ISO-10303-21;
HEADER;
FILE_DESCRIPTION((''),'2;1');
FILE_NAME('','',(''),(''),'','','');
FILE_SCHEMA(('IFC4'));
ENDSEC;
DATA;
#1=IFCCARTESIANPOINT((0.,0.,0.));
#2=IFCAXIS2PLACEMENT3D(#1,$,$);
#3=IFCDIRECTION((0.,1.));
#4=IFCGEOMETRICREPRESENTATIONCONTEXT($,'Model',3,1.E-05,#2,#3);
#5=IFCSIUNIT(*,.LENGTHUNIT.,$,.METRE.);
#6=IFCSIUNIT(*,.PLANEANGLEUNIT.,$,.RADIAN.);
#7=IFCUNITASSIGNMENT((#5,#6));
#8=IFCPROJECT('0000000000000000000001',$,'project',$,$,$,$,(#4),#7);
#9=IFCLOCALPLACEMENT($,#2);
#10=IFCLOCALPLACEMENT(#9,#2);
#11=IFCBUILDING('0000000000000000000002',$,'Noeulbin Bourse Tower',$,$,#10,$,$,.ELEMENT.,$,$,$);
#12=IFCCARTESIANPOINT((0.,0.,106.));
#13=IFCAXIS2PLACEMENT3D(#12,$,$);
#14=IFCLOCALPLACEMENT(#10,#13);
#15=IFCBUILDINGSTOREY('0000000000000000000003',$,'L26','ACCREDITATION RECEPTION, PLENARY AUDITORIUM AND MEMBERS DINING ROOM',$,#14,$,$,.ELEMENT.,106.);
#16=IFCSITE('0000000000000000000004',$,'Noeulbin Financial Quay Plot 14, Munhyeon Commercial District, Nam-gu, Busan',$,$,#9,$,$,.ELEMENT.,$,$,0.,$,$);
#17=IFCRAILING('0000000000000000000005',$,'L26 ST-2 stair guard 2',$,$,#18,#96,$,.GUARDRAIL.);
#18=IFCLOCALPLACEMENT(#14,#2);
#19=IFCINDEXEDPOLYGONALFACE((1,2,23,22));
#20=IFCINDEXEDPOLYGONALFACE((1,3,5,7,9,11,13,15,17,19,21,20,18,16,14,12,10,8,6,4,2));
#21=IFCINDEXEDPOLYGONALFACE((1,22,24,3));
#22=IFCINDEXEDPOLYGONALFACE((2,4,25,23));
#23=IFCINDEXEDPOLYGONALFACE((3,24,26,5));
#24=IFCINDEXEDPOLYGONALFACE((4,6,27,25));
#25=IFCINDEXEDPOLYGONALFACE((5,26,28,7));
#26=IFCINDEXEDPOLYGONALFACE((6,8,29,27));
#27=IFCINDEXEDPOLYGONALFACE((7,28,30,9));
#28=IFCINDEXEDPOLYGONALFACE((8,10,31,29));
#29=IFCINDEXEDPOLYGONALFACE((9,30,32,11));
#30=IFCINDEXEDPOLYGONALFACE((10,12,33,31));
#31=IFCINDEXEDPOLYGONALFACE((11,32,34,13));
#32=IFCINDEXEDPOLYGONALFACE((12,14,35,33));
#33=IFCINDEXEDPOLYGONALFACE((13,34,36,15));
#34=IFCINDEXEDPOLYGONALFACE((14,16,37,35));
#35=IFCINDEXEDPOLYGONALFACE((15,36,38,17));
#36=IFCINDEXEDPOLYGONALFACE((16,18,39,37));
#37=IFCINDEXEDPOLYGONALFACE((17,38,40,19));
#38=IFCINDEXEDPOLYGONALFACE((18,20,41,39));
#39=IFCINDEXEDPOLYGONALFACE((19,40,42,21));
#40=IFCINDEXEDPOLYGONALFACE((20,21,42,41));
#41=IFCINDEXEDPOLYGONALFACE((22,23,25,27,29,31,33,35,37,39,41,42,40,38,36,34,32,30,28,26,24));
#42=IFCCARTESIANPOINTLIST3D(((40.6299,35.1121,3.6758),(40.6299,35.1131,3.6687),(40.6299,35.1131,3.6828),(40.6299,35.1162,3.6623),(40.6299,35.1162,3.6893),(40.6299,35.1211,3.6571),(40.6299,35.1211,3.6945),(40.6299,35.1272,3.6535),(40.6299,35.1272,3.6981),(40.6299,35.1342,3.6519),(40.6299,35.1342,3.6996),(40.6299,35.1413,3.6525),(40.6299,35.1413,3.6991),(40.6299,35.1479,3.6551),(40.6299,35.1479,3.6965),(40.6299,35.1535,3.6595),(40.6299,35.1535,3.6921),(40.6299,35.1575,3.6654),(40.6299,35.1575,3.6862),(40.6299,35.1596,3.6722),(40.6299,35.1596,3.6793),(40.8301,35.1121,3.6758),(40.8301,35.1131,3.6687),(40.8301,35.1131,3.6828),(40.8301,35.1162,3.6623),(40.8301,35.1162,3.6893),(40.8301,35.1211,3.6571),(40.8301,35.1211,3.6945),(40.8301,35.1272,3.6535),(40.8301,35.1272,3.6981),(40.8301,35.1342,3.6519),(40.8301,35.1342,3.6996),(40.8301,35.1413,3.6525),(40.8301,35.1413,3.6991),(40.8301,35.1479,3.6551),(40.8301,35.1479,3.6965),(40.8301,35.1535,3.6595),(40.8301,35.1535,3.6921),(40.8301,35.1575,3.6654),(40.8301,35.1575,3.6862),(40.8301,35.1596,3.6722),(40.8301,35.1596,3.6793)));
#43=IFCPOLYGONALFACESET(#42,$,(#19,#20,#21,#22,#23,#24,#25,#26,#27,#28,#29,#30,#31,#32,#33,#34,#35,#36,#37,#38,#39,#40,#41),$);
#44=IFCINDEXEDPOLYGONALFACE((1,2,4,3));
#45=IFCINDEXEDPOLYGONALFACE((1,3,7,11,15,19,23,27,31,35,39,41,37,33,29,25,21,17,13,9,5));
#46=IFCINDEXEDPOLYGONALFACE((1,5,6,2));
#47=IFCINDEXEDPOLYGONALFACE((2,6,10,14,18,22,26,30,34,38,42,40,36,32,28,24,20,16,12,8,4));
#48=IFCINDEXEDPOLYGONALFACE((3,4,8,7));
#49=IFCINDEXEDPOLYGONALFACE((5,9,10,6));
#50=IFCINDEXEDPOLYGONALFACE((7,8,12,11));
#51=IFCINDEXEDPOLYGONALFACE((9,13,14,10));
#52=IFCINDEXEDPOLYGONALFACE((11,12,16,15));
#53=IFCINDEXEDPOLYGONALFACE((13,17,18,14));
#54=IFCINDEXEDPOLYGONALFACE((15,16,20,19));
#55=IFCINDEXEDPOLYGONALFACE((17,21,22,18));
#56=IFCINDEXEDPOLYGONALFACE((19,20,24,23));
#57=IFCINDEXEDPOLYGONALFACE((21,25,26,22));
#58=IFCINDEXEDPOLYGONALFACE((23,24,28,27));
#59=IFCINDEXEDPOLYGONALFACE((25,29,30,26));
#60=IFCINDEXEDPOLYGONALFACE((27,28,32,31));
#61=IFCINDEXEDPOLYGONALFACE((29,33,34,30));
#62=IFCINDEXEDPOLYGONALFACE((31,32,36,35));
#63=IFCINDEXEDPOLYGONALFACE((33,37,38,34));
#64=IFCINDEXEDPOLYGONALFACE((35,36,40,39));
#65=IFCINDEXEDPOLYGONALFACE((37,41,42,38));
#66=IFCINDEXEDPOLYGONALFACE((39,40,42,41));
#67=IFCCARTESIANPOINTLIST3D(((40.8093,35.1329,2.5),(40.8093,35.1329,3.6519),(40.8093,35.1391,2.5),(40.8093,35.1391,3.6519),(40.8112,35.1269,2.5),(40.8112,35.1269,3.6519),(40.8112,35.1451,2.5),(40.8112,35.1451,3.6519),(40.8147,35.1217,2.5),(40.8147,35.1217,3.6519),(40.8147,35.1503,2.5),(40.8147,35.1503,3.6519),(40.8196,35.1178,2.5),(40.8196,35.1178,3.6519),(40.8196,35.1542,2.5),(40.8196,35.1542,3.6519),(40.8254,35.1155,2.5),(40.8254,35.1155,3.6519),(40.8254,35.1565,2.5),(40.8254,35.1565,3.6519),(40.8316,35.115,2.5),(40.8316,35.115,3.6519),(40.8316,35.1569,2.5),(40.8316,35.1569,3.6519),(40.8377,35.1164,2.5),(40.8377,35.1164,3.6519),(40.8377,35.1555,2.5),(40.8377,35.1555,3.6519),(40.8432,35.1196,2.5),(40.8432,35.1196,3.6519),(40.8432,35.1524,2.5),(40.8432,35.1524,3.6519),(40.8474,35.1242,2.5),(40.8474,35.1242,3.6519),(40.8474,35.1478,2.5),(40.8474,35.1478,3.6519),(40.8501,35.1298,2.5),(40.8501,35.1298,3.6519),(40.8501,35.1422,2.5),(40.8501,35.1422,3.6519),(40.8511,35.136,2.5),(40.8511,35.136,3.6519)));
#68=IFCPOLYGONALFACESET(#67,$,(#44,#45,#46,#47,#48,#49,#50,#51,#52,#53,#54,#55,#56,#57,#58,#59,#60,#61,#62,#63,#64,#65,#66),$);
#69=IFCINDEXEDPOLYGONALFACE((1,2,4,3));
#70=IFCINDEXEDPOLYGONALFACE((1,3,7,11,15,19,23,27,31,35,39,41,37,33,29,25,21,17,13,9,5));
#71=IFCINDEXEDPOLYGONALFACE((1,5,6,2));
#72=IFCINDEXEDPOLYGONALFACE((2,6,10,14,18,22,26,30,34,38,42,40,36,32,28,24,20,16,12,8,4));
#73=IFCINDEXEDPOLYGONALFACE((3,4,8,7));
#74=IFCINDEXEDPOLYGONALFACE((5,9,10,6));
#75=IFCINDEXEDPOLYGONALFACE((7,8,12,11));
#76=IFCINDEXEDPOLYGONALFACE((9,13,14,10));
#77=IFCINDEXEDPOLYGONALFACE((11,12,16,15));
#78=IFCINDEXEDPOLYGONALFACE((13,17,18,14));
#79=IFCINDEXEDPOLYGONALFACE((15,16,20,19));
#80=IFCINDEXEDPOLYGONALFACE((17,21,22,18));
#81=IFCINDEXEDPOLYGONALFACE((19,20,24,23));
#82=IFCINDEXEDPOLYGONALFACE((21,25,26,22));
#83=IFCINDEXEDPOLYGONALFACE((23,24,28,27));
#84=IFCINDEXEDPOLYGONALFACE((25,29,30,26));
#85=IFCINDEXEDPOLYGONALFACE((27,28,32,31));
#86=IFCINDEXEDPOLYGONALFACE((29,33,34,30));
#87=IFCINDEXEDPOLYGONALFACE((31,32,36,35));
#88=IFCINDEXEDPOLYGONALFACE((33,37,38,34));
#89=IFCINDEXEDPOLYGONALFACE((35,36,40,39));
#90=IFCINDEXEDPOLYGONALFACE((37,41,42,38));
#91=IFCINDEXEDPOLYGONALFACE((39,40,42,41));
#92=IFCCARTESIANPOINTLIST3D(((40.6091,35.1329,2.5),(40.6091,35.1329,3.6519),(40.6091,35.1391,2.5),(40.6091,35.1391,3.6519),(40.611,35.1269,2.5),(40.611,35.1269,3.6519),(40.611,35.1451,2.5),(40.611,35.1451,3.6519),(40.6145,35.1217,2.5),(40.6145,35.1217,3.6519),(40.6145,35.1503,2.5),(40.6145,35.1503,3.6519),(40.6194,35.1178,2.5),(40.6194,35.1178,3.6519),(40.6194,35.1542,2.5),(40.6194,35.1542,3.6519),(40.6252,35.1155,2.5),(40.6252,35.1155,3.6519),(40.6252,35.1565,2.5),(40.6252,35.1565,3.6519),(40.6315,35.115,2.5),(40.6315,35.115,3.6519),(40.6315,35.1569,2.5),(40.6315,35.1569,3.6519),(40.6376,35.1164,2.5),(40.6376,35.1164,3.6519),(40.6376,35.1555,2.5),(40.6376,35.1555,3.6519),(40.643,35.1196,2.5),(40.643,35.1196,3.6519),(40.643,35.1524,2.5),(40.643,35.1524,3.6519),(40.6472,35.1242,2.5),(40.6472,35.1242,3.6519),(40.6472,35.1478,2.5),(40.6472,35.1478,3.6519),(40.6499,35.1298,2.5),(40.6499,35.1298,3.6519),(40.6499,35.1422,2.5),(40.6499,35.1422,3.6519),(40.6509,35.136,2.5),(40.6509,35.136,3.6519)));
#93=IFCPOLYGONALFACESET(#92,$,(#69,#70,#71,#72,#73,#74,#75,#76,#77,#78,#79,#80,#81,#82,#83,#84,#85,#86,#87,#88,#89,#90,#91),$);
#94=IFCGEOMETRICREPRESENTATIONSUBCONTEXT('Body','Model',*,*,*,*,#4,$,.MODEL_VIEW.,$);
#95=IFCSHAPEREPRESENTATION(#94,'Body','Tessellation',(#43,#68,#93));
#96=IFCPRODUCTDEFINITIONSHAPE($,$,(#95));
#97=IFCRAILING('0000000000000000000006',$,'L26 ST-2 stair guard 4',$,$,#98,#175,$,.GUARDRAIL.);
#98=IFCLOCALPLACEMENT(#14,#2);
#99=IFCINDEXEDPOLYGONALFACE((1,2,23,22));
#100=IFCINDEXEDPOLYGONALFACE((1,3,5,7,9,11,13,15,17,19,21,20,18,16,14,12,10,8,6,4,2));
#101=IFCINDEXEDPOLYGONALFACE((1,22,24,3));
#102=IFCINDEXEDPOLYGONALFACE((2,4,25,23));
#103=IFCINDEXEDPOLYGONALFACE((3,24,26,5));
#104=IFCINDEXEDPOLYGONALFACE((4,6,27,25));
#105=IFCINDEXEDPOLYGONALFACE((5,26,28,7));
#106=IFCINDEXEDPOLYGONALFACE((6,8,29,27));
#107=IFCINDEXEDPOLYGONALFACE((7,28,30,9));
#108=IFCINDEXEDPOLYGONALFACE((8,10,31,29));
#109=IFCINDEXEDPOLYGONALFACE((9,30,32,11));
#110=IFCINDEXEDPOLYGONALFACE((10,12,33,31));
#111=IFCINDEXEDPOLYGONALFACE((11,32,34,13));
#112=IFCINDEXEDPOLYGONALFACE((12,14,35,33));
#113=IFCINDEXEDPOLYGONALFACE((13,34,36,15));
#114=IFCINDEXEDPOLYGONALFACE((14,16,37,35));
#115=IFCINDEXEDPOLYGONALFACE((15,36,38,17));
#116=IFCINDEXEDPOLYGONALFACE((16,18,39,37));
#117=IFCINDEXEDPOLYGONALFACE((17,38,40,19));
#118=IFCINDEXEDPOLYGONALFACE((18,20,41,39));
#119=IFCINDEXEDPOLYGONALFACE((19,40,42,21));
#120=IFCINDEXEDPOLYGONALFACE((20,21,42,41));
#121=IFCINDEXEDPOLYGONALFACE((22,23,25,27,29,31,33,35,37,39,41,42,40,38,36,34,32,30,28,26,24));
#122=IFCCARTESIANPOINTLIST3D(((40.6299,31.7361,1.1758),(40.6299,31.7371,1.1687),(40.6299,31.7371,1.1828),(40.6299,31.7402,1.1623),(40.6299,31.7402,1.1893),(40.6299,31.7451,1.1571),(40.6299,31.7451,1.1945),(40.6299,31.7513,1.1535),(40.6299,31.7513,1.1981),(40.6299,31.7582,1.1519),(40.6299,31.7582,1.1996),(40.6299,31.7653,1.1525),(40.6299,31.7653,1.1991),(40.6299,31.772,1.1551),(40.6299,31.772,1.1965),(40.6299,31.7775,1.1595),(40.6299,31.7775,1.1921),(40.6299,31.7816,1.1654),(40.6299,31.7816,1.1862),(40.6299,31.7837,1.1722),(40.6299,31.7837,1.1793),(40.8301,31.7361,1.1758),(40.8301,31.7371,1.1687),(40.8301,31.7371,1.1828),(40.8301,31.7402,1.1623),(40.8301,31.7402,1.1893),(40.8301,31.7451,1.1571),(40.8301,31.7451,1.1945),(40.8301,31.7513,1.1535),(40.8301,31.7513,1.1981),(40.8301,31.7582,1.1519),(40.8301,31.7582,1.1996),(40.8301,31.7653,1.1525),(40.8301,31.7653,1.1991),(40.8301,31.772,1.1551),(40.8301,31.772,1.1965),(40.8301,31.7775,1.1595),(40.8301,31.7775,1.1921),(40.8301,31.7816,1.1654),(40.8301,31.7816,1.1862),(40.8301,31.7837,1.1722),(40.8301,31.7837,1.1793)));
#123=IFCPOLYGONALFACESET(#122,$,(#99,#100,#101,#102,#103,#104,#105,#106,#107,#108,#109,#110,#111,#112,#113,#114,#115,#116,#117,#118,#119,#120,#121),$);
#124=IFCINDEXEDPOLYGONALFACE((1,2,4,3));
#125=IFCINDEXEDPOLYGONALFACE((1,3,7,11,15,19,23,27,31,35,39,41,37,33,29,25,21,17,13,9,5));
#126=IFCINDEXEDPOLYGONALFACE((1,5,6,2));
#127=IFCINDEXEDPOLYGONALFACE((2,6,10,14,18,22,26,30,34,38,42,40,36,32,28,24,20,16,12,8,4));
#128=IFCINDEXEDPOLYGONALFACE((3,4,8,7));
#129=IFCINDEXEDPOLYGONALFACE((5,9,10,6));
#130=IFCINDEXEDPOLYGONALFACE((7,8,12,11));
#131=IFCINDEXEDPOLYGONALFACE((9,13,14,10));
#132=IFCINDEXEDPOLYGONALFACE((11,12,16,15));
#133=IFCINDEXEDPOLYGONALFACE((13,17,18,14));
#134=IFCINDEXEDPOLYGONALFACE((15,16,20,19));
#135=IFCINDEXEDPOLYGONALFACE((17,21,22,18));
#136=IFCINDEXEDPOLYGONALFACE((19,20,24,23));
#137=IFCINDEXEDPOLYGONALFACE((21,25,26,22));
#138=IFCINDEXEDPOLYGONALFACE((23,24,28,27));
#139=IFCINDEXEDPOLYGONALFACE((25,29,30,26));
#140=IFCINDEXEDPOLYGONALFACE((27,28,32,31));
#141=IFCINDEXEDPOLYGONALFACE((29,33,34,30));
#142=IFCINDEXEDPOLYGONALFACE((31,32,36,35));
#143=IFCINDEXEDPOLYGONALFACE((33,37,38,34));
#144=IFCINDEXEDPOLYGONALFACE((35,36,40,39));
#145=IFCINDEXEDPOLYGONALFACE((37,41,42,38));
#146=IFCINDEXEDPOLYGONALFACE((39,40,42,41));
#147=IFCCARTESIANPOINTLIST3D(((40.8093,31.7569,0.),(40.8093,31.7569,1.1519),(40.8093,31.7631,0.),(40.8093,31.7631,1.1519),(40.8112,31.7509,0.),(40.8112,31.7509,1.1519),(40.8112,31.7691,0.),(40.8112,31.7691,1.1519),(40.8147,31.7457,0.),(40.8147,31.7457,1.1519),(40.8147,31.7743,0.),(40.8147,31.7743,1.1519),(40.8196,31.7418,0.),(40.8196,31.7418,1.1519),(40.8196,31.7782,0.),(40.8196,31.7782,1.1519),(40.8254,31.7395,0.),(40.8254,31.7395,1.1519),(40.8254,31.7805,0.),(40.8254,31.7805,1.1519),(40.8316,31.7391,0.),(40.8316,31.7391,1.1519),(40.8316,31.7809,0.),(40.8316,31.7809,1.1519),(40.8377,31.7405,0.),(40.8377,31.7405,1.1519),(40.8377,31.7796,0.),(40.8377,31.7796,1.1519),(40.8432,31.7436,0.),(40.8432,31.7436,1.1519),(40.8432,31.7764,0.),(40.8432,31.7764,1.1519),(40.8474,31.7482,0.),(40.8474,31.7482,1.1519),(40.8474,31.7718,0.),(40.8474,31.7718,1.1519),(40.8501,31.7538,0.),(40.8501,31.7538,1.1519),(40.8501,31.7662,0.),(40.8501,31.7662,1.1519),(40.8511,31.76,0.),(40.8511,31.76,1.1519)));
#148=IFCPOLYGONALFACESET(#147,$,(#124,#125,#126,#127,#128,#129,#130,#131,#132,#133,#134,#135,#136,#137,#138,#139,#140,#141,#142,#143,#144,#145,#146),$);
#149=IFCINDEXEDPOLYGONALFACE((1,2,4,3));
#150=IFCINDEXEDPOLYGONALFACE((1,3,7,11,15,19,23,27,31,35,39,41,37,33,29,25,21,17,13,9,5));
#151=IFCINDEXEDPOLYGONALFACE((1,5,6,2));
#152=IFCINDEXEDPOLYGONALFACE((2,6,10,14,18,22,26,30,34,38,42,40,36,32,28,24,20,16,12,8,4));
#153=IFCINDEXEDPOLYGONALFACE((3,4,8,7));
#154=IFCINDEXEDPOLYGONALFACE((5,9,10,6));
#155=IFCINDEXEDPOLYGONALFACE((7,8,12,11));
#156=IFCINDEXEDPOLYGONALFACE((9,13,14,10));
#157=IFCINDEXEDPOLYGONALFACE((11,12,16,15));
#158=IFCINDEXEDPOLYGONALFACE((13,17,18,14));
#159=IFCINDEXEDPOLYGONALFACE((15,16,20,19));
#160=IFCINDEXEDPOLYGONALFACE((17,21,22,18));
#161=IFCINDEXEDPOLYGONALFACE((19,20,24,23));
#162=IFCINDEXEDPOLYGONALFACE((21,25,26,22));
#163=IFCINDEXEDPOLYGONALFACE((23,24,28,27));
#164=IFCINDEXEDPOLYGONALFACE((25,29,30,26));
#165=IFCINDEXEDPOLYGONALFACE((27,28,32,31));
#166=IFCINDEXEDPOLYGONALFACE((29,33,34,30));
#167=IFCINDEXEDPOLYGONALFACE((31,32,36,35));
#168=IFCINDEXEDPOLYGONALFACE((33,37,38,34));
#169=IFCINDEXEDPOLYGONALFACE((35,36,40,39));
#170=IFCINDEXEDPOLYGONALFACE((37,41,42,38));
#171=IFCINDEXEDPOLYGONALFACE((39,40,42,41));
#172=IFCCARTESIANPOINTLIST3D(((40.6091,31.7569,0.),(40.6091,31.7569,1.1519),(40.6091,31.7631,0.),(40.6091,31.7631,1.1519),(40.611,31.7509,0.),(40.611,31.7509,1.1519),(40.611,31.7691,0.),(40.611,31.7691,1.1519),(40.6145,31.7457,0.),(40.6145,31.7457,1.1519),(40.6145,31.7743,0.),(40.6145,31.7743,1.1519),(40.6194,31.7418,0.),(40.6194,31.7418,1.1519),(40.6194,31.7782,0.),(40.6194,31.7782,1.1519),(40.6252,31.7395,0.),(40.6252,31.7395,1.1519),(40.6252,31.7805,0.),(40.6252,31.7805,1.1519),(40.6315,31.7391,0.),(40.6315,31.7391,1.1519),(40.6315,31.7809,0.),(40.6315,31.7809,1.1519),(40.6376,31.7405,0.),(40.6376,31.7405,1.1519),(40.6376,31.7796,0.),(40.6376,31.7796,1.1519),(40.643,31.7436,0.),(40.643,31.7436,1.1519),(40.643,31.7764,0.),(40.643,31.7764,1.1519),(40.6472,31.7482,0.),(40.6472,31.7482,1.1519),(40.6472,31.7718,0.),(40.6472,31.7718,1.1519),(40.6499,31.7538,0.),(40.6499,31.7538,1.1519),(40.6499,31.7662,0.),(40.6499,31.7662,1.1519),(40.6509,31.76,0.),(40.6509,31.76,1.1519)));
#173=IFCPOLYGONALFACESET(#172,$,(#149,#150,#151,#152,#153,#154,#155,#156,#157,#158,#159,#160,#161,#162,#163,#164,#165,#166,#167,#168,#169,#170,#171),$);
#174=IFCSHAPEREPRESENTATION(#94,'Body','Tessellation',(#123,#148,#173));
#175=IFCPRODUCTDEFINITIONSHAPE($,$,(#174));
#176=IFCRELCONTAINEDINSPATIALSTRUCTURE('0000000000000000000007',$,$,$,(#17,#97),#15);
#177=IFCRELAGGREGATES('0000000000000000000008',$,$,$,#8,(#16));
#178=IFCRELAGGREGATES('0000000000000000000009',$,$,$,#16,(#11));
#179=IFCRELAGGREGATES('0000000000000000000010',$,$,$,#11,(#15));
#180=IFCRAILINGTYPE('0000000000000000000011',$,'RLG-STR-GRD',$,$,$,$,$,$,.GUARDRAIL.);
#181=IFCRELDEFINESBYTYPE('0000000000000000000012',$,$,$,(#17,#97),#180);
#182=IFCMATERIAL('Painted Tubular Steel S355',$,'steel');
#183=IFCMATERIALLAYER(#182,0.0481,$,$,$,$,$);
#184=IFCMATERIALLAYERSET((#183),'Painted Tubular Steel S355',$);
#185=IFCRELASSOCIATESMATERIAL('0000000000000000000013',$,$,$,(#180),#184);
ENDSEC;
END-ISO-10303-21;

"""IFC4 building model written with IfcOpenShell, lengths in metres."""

from ifc_helpers import new_model, si_unit, direction, frame, origin, origin_2d, place, context, subcontext, project, spatial, circle, extrude, material, layer, layer_set, type_object, element, save


model = new_model("IFC4")

# Units and contexts
model_context = context("Model", 3, precision=1e-05, world=origin(), true_north=direction((0.0, 1.0)))
body_context = subcontext(model_context, "Body", "Model", "MODEL_VIEW")
ifc_project = project(units=[si_unit("LENGTHUNIT", "METRE"), si_unit("PLANEANGLEUNIT", "RADIAN")], contexts=[model_context])

# Site, building, storey
site_placement = place(None, origin())
site = spatial("IfcSite", under=ifc_project, at=site_placement, Name="Noeulbin Financial Quay Plot 14, Munhyeon Commercial District, Nam-gu, Busan", CompositionType="ELEMENT", RefElevation=0.0)
building_placement = place(site_placement, origin())
building = spatial("IfcBuilding", under=site, at=building_placement, Name="Noeulbin Bourse Tower", CompositionType="ELEMENT")
storey_placement = place(building_placement, frame((0.0, 0.0, 106.0)))
storey = spatial("IfcBuildingStorey", under=building, at=storey_placement, Name="L26", Description="ACCREDITATION RECEPTION, PLENARY AUDITORIUM AND MEMBERS DINING ROOM", CompositionType="ELEMENT", Elevation=106.0)

# Railings
ifc_material_1 = material(Name="Painted Tubular Steel S355", Category="steel")
ifc_layer_1 = layer(ifc_material_1, 0.0481)
ifc_layer_set_1 = layer_set([ifc_layer_1], Name="Painted Tubular Steel S355")
railing_type_1 = type_object("IfcRailingType", Name="RLG-STR-GRD", PredefinedType="GUARDRAIL", material=ifc_layer_set_1)
for number, where, name in (
    (1, (40.8301, 35.136, 2.5), "L26 ST-2 stair guard 2"),
    (2, (40.8301, 31.76, 0.0), "L26 ST-2 stair guard 4"),
):
    element("IfcRailing", number, at=place(storey_placement, frame(where)), inside=storey, type_object=railing_type_1, Name=name, PredefinedType="GUARDRAIL", context=body_context, shape_type="SweptSolid", body=[
        extrude(circle(Radius=0.0239, at=origin_2d()), frame((0.0, 0.0, 1.1758), z_axis=(-1.0, 0.0, 0.0), x_axis=(0.0, -1.0, 0.0)), (0.0, 0.0, 1.0), 0.2002),
        extrude(circle(Radius=0.021, at=origin_2d()), origin(), (0.0, 0.0, 1.0), 1.1519),
        extrude(circle(Radius=0.021, at=origin_2d()), frame((-0.2002, 0.0, 0.0)), (0.0, 0.0, 1.0), 1.1519),
    ])

save(model, "model.ifc")
